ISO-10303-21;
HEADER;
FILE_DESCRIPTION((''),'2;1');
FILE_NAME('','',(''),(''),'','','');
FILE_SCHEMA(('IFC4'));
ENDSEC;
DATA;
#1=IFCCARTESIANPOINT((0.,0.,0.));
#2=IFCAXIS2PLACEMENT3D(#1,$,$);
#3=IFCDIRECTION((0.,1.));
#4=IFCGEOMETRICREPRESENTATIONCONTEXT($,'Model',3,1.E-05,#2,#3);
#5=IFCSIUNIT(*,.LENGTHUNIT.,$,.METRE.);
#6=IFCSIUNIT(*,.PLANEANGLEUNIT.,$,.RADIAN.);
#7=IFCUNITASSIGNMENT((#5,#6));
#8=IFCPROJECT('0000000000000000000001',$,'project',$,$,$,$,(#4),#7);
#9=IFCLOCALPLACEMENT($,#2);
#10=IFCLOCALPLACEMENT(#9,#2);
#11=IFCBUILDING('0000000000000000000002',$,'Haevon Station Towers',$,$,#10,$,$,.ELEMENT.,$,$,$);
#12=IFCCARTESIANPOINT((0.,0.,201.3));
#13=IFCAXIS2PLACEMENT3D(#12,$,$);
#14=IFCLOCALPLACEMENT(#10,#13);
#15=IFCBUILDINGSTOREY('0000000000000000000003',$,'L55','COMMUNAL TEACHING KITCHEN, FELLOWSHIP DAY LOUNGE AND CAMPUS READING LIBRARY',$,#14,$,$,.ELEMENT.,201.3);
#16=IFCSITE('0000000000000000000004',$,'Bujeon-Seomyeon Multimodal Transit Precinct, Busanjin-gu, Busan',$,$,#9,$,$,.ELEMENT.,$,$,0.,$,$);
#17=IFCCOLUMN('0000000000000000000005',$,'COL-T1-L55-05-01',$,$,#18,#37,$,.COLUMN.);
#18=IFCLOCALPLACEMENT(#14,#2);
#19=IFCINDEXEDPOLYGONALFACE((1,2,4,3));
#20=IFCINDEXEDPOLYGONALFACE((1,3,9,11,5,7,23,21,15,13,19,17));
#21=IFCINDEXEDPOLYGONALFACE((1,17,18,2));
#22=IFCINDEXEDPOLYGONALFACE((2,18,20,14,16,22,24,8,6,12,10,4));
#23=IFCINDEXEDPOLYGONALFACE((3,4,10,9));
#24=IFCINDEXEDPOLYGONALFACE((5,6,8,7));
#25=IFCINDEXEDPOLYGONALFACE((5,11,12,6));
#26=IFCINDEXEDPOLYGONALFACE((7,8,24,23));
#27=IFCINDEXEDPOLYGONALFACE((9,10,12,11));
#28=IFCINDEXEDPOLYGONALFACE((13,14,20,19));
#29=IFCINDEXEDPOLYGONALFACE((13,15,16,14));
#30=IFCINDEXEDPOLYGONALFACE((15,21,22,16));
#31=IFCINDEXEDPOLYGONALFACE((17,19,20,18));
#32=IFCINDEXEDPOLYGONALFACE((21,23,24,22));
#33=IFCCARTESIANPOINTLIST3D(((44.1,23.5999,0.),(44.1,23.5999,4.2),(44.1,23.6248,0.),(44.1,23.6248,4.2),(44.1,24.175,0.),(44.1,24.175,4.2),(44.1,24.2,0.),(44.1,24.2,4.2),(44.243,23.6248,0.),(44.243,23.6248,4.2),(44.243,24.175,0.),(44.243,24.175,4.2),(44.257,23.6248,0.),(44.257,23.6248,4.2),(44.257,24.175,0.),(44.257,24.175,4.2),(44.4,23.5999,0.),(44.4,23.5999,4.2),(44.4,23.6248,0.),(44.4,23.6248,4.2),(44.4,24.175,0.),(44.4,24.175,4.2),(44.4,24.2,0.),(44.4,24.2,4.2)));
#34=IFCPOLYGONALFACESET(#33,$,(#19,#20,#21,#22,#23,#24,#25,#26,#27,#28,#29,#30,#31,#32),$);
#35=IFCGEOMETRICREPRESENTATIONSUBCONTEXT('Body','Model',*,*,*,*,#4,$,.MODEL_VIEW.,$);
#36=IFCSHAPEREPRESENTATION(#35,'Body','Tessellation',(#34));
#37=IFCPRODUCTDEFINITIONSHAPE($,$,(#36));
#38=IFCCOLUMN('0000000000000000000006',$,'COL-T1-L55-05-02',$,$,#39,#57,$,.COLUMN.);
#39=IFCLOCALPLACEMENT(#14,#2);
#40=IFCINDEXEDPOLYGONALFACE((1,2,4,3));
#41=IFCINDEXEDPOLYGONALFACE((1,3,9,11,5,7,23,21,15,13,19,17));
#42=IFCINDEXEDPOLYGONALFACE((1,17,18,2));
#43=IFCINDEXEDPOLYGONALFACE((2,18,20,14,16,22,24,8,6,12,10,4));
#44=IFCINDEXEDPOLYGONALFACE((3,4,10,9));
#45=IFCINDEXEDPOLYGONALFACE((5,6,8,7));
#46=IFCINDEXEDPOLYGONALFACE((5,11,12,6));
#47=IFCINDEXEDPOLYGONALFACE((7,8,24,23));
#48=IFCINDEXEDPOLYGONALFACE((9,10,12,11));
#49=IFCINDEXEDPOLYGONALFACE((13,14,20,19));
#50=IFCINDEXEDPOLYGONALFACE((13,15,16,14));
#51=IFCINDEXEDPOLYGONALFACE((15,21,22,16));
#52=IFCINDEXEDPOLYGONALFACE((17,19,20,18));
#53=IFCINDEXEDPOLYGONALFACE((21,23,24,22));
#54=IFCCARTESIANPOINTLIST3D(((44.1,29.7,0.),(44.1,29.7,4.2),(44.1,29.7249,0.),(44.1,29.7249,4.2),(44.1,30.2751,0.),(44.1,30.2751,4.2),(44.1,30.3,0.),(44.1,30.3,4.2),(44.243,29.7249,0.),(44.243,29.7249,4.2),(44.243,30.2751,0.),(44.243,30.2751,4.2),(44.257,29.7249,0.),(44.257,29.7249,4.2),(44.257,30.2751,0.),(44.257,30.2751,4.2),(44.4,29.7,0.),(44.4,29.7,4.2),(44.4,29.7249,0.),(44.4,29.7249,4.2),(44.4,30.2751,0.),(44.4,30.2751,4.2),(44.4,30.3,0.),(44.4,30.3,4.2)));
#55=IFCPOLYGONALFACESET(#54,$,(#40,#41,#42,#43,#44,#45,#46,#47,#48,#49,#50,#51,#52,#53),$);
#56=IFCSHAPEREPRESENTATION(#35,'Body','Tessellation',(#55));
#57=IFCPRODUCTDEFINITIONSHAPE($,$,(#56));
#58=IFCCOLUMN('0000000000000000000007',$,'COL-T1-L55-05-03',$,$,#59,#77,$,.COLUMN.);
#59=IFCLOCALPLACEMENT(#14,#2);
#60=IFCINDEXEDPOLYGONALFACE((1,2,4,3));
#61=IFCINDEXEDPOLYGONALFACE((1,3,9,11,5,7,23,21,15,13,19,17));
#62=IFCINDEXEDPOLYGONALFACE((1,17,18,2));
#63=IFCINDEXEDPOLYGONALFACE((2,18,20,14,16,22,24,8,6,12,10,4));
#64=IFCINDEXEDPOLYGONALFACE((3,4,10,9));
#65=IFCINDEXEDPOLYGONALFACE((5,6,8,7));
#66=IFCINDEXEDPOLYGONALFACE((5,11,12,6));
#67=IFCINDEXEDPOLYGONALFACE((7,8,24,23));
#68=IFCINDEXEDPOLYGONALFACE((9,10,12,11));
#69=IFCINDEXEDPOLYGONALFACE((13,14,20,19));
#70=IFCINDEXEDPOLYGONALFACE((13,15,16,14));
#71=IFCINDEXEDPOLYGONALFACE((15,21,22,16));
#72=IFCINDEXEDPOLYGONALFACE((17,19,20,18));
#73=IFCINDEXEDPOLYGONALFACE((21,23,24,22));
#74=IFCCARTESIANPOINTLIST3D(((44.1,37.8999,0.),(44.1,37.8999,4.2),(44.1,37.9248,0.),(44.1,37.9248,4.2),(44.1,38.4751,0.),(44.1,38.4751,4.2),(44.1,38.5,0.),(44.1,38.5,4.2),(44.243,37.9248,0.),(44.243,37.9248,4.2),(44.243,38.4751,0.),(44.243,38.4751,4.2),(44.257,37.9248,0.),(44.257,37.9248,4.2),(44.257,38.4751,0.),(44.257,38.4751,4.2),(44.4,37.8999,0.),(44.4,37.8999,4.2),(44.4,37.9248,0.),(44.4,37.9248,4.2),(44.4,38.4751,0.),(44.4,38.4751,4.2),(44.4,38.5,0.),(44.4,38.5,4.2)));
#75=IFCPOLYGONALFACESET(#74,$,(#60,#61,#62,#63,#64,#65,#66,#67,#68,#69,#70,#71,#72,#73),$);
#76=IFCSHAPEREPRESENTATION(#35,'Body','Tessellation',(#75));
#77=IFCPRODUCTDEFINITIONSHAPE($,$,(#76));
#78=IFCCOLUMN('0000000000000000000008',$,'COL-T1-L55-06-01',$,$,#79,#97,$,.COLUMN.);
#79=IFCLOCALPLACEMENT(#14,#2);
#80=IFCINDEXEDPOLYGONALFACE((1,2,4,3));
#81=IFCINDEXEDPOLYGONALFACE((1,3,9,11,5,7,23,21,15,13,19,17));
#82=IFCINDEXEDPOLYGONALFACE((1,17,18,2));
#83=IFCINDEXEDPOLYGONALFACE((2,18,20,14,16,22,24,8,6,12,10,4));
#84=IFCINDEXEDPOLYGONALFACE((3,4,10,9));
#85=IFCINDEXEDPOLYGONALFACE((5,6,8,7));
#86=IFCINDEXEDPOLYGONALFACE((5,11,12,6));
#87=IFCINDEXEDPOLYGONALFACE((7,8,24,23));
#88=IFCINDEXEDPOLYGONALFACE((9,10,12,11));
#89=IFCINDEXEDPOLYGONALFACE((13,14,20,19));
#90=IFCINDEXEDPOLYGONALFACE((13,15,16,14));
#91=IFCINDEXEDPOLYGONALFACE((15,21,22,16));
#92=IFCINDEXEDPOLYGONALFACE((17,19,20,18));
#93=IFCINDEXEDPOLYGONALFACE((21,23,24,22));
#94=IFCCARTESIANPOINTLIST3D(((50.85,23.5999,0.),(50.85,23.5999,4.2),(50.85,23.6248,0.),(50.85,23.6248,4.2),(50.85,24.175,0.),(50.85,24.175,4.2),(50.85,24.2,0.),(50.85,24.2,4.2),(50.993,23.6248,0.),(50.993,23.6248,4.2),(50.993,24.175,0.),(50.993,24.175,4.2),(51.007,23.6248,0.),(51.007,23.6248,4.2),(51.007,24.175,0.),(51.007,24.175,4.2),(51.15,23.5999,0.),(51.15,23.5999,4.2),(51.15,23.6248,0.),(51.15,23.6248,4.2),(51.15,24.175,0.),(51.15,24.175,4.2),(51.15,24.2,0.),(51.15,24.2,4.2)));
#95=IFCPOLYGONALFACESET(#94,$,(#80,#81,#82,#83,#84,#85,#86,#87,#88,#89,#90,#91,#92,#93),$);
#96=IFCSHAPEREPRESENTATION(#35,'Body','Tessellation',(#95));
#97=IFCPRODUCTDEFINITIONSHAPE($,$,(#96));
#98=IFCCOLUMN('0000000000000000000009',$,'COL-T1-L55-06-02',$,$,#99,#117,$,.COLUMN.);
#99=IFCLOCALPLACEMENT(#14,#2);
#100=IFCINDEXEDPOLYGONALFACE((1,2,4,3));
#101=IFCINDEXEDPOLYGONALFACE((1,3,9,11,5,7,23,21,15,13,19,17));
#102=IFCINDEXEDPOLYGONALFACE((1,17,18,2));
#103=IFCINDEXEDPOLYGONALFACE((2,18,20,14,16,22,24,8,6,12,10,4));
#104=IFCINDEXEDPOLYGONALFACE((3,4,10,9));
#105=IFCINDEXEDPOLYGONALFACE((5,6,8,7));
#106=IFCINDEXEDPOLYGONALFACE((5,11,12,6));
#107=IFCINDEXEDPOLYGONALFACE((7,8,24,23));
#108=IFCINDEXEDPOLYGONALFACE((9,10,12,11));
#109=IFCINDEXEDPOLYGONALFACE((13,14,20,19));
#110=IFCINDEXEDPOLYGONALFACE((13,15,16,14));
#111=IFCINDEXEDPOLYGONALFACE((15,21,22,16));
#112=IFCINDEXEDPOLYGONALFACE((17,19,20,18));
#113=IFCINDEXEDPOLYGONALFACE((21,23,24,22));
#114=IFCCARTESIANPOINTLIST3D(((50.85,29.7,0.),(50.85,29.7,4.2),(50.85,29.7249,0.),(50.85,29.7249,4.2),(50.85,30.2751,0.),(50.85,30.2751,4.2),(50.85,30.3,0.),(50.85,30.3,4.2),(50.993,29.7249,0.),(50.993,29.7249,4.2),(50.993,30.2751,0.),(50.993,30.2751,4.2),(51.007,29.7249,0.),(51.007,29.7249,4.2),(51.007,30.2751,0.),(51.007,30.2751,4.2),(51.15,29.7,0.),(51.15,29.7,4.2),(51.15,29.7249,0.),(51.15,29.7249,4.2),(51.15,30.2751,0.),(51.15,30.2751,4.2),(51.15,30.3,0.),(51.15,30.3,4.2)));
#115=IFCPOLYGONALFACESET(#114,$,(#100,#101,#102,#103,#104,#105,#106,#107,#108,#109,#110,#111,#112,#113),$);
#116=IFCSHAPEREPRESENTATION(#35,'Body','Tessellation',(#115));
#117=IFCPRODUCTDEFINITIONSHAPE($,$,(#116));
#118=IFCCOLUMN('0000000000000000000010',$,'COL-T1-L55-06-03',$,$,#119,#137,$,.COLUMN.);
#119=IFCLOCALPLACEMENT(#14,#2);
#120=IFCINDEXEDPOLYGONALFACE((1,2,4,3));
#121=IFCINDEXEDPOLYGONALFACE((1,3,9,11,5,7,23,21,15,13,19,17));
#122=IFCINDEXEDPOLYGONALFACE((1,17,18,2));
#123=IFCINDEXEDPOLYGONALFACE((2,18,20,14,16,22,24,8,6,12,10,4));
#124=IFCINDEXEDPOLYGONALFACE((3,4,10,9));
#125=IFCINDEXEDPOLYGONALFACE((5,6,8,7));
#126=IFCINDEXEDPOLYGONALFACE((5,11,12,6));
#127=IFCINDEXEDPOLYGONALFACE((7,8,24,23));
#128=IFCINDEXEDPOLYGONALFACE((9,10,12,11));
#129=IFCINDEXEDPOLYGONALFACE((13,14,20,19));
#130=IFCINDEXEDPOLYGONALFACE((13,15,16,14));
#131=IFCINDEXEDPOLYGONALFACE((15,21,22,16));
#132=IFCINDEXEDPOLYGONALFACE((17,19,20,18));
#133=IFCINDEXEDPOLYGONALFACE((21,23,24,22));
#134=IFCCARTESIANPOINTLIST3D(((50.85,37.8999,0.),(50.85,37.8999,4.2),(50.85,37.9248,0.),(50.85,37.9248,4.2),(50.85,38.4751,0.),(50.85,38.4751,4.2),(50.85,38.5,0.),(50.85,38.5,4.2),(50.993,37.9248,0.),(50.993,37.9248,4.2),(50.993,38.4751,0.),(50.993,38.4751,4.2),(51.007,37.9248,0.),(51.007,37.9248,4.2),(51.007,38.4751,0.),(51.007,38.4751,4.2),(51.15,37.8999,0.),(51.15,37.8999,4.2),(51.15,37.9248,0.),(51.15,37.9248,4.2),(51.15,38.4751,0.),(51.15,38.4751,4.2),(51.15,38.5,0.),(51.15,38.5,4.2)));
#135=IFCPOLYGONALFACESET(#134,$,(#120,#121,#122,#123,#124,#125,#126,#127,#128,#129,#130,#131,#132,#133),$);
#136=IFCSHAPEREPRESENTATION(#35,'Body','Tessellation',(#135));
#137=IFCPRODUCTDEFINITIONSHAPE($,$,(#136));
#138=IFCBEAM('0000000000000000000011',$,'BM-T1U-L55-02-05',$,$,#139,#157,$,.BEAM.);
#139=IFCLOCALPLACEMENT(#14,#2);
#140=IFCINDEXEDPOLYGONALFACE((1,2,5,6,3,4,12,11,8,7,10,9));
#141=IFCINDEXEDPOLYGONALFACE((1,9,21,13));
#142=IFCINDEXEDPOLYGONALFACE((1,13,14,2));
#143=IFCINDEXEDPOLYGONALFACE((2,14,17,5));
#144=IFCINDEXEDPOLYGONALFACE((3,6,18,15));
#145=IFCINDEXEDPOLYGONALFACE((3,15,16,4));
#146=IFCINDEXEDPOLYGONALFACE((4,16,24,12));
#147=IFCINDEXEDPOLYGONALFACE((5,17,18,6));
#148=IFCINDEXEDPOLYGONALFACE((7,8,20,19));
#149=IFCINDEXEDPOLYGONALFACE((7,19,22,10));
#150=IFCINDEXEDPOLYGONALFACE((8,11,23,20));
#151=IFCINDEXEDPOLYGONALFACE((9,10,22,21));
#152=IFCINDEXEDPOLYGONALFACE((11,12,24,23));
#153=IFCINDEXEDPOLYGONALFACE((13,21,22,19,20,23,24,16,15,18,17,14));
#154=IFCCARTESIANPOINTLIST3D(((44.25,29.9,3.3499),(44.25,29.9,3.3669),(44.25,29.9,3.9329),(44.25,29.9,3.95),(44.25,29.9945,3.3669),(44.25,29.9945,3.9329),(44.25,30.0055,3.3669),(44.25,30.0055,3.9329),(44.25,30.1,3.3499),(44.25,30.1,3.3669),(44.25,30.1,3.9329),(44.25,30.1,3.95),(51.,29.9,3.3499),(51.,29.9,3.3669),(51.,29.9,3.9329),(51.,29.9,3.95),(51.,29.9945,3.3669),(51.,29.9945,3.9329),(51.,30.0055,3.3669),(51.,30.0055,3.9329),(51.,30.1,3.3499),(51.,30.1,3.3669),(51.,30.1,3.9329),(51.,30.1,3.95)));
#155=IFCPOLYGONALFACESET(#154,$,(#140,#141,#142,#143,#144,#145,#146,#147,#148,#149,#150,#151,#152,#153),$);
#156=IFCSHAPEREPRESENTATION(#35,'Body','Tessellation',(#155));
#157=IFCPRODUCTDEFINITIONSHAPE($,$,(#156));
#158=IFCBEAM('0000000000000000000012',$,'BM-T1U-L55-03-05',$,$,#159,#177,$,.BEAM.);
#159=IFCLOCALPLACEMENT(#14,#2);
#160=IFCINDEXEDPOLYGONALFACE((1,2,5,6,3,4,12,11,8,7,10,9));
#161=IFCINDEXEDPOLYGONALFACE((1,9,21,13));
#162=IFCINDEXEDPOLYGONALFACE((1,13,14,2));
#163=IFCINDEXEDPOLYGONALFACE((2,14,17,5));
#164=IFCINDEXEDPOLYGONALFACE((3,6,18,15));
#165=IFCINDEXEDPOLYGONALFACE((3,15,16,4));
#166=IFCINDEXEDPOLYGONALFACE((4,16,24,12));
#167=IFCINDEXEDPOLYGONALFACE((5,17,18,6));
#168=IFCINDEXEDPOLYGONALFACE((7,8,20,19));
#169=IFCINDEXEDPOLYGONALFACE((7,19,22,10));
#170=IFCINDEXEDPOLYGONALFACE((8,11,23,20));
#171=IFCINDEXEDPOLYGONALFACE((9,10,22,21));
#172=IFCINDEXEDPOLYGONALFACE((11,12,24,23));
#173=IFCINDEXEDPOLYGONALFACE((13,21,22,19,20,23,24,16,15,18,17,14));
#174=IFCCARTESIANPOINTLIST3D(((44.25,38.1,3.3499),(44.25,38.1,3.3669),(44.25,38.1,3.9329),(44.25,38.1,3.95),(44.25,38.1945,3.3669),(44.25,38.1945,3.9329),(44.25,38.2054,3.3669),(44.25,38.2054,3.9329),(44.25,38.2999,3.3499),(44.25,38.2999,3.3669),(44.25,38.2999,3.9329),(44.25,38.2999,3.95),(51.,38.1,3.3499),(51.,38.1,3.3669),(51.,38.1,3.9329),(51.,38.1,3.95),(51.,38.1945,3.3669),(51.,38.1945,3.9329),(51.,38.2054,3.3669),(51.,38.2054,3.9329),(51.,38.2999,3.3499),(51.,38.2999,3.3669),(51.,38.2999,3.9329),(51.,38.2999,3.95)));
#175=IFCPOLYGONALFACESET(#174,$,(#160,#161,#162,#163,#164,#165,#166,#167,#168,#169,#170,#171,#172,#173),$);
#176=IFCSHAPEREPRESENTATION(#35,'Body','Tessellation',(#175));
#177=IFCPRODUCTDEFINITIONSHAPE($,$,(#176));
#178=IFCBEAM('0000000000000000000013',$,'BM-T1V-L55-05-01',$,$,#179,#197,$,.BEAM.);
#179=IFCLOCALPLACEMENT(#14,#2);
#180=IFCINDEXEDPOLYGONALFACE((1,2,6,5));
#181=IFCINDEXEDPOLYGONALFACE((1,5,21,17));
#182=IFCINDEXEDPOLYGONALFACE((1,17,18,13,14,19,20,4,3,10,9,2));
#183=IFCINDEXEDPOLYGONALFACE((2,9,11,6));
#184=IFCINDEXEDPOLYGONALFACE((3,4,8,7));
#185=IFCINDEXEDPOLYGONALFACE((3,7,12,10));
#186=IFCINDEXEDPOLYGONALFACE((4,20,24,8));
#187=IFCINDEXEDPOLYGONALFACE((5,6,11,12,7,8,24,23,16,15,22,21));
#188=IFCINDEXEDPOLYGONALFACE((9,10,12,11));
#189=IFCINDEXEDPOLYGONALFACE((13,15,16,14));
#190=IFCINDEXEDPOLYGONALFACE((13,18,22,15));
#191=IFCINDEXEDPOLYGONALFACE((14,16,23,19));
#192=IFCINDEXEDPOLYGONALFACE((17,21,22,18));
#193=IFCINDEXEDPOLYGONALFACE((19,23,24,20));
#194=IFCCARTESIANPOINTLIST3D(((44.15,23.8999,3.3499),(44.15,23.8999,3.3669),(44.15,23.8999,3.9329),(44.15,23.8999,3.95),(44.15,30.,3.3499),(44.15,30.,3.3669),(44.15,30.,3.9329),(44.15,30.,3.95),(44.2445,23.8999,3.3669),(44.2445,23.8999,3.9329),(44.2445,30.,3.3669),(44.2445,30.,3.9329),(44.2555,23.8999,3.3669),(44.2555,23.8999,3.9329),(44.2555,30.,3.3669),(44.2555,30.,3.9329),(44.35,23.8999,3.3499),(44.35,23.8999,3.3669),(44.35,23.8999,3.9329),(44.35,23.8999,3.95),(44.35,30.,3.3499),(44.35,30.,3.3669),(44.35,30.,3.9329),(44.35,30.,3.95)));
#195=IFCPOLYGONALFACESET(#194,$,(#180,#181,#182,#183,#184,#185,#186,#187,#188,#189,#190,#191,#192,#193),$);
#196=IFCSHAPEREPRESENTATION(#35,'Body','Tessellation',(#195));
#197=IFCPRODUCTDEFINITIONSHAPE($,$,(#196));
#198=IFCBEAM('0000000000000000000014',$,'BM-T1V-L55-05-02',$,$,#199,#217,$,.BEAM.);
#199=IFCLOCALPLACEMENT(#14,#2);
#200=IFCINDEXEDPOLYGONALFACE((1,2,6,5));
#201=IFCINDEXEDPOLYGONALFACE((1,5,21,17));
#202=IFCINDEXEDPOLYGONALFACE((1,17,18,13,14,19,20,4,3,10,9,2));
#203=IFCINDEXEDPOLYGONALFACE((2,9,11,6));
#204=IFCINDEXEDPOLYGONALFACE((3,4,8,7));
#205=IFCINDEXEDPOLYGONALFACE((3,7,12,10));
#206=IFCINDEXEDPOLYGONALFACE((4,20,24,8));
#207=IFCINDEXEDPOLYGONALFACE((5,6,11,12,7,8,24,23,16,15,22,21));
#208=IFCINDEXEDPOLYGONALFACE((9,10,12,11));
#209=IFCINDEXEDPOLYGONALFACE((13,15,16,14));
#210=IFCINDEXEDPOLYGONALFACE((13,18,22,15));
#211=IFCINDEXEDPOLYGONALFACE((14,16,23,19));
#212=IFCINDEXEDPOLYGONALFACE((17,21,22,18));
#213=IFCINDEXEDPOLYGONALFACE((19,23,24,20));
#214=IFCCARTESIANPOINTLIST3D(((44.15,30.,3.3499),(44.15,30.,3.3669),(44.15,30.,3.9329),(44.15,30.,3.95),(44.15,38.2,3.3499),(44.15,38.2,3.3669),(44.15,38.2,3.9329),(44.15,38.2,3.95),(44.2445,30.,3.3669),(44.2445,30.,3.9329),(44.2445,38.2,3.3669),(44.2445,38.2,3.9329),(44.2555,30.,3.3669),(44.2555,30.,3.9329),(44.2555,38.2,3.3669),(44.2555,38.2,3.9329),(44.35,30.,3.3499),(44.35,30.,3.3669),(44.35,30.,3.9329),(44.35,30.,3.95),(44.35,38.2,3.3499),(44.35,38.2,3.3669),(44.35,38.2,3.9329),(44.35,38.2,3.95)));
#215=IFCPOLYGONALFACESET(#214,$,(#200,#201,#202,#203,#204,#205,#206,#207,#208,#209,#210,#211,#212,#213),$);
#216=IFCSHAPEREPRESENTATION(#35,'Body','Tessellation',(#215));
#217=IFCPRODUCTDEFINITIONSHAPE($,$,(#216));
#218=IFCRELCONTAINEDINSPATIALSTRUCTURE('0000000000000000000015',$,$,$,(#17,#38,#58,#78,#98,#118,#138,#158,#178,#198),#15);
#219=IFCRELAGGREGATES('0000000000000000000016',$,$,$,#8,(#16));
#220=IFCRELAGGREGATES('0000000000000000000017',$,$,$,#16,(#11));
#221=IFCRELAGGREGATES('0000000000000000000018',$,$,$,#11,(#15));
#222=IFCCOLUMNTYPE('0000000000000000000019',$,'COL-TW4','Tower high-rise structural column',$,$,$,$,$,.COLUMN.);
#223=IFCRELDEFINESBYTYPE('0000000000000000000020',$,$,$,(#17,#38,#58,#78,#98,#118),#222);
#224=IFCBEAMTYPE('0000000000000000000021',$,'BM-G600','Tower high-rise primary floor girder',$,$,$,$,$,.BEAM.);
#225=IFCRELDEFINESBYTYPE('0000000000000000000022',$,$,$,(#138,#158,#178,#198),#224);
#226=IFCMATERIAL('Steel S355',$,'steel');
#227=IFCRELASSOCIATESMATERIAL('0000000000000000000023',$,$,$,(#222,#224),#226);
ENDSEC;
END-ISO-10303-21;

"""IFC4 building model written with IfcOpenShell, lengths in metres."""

from ifc_helpers import new_model, si_unit, direction, frame, origin, origin_2d, place, context, subcontext, project, spatial, i_section, extrude, material, material_profile, profile_set, type_object, element, save


model = new_model("IFC4")

# Units and contexts
model_context = context("Model", 3, precision=1e-05, world=origin(), true_north=direction((0.0, 1.0)))
body_context = subcontext(model_context, "Body", "Model", "MODEL_VIEW")
ifc_project = project(units=[si_unit("LENGTHUNIT", "METRE"), si_unit("PLANEANGLEUNIT", "RADIAN")], contexts=[model_context])

# Site, building, storey
site_placement = place(None, origin())
site = spatial("IfcSite", under=ifc_project, at=site_placement, Name="Bujeon-Seomyeon Multimodal Transit Precinct, Busanjin-gu, Busan", CompositionType="ELEMENT", RefElevation=0.0)
building_placement = place(site_placement, origin())
building = spatial("IfcBuilding", under=site, at=building_placement, Name="Haevon Station Towers", CompositionType="ELEMENT")
storey_placement = place(building_placement, frame((0.0, 0.0, 201.3)))
storey = spatial("IfcBuildingStorey", under=building, at=storey_placement, Name="L55", Description="COMMUNAL TEACHING KITCHEN, FELLOWSHIP DAY LOUNGE AND CAMPUS READING LIBRARY", CompositionType="ELEMENT", Elevation=201.3)

# Columns
ifc_material_1 = material(Name="Steel S355", Category="steel")
ifc_material_profile_1 = material_profile(ifc_material_1, i_section(OverallWidth=0.3, OverallDepth=0.6001, WebThickness=0.0139, FlangeThickness=0.0249, at=origin_2d()), Name="H-600x300x14x25")
ifc_profile_set_1 = profile_set([ifc_material_profile_1], Name="Steel S355")
column_type = type_object("IfcColumnType", Name="COL-TW4", Description="Tower high-rise structural column", PredefinedType="COLUMN", material=ifc_profile_set_1)
for number, where, z_axis, x_axis, name in (
    (1, (44.25, 23.8999, 0.0), (0.0, 0.0, 1.0), (1.0, 0.0, 0.0), "COL-T1-L55-05-01"),
    (2, (44.25, 30.0, 0.0), (0.0, 0.0, 1.0), (1.0, 0.0, 0.0), "COL-T1-L55-05-02"),
    (3, (44.25, 38.2, 0.0), (0.0, 0.0, 1.0), (1.0, 0.0, 0.0), "COL-T1-L55-05-03"),
    (4, (51.0, 23.8999, 0.0), (0.0, 0.0, 1.0), (1.0, 0.0, 0.0), "COL-T1-L55-06-01"),
    (5, (51.0, 30.0, 0.0), (0.0, 0.0, 1.0), (1.0, 0.0, 0.0), "COL-T1-L55-06-02"),
    (6, (51.0, 38.2, 0.0), (0.0, 0.0, 1.0), (1.0, 0.0, 0.0), "COL-T1-L55-06-03"),
):
    element("IfcColumn", number, at=place(storey_placement, frame(where, z_axis=z_axis, x_axis=x_axis)), inside=storey, type_object=column_type, Name=name, PredefinedType="COLUMN", context=body_context, shape_type="SweptSolid", body=[
        extrude(i_section(OverallWidth=0.3, OverallDepth=0.6001, WebThickness=0.0139, FlangeThickness=0.0249, at=origin_2d()), origin(), (0.0, 0.0, 1.0), 4.2),
    ])

# Beams
ifc_material_profile_2 = material_profile(ifc_material_1, i_section(OverallWidth=0.2, OverallDepth=0.6001, WebThickness=0.011, FlangeThickness=0.0171, at=origin_2d()), Name="H-600x200x11x17")
ifc_profile_set_2 = profile_set([ifc_material_profile_2], Name="Steel S355")
beam_type_1 = type_object("IfcBeamType", Name="BM-G600", Description="Tower high-rise primary floor girder", PredefinedType="BEAM", material=ifc_profile_set_2)
for number, where, z_axis, x_axis, name in (
    (7, (44.25, 30.0, 3.6499), (1.0, 0.0, 0.0), (0.0, 1.0, 0.0), "BM-T1U-L55-02-05"),
    (8, (44.25, 38.2, 3.6499), (1.0, 0.0, 0.0), (0.0, 1.0, 0.0), "BM-T1U-L55-03-05"),
):
    element("IfcBeam", number, at=place(storey_placement, frame(where, z_axis=z_axis, x_axis=x_axis)), inside=storey, type_object=beam_type_1, Name=name, PredefinedType="BEAM", context=body_context, shape_type="SweptSolid", body=[
        extrude(i_section(OverallWidth=0.2, OverallDepth=0.6001, WebThickness=0.011, FlangeThickness=0.0171, at=origin_2d()), origin(), (0.0, 0.0, 1.0), 6.75),
    ])
beam_1_placement = place(storey_placement, frame((44.25, 23.8999, 3.6499), z_axis=(0.0, 1.0, 0.0), x_axis=(-1.0, 0.0, 0.0)))
element("IfcBeam", 9, at=beam_1_placement, inside=storey, type_object=beam_type_1, Name="BM-T1V-L55-05-01", PredefinedType="BEAM", context=body_context, shape_type="SweptSolid", body=[
    extrude(i_section(OverallWidth=0.2, OverallDepth=0.6001, WebThickness=0.011, FlangeThickness=0.0171, at=origin_2d()), origin(), (0.0, 0.0, 1.0), 6.1001),
])
beam_2_placement = place(storey_placement, frame((44.25, 30.0, 3.6499), z_axis=(0.0, 1.0, 0.0), x_axis=(-1.0, 0.0, 0.0)))
element("IfcBeam", 10, at=beam_2_placement, inside=storey, type_object=beam_type_1, Name="BM-T1V-L55-05-02", PredefinedType="BEAM", context=body_context, shape_type="SweptSolid", body=[
    extrude(i_section(OverallWidth=0.2, OverallDepth=0.6001, WebThickness=0.011, FlangeThickness=0.0171, at=origin_2d()), origin(), (0.0, 0.0, 1.0), 8.2),
])

save(model, "model.ifc")
